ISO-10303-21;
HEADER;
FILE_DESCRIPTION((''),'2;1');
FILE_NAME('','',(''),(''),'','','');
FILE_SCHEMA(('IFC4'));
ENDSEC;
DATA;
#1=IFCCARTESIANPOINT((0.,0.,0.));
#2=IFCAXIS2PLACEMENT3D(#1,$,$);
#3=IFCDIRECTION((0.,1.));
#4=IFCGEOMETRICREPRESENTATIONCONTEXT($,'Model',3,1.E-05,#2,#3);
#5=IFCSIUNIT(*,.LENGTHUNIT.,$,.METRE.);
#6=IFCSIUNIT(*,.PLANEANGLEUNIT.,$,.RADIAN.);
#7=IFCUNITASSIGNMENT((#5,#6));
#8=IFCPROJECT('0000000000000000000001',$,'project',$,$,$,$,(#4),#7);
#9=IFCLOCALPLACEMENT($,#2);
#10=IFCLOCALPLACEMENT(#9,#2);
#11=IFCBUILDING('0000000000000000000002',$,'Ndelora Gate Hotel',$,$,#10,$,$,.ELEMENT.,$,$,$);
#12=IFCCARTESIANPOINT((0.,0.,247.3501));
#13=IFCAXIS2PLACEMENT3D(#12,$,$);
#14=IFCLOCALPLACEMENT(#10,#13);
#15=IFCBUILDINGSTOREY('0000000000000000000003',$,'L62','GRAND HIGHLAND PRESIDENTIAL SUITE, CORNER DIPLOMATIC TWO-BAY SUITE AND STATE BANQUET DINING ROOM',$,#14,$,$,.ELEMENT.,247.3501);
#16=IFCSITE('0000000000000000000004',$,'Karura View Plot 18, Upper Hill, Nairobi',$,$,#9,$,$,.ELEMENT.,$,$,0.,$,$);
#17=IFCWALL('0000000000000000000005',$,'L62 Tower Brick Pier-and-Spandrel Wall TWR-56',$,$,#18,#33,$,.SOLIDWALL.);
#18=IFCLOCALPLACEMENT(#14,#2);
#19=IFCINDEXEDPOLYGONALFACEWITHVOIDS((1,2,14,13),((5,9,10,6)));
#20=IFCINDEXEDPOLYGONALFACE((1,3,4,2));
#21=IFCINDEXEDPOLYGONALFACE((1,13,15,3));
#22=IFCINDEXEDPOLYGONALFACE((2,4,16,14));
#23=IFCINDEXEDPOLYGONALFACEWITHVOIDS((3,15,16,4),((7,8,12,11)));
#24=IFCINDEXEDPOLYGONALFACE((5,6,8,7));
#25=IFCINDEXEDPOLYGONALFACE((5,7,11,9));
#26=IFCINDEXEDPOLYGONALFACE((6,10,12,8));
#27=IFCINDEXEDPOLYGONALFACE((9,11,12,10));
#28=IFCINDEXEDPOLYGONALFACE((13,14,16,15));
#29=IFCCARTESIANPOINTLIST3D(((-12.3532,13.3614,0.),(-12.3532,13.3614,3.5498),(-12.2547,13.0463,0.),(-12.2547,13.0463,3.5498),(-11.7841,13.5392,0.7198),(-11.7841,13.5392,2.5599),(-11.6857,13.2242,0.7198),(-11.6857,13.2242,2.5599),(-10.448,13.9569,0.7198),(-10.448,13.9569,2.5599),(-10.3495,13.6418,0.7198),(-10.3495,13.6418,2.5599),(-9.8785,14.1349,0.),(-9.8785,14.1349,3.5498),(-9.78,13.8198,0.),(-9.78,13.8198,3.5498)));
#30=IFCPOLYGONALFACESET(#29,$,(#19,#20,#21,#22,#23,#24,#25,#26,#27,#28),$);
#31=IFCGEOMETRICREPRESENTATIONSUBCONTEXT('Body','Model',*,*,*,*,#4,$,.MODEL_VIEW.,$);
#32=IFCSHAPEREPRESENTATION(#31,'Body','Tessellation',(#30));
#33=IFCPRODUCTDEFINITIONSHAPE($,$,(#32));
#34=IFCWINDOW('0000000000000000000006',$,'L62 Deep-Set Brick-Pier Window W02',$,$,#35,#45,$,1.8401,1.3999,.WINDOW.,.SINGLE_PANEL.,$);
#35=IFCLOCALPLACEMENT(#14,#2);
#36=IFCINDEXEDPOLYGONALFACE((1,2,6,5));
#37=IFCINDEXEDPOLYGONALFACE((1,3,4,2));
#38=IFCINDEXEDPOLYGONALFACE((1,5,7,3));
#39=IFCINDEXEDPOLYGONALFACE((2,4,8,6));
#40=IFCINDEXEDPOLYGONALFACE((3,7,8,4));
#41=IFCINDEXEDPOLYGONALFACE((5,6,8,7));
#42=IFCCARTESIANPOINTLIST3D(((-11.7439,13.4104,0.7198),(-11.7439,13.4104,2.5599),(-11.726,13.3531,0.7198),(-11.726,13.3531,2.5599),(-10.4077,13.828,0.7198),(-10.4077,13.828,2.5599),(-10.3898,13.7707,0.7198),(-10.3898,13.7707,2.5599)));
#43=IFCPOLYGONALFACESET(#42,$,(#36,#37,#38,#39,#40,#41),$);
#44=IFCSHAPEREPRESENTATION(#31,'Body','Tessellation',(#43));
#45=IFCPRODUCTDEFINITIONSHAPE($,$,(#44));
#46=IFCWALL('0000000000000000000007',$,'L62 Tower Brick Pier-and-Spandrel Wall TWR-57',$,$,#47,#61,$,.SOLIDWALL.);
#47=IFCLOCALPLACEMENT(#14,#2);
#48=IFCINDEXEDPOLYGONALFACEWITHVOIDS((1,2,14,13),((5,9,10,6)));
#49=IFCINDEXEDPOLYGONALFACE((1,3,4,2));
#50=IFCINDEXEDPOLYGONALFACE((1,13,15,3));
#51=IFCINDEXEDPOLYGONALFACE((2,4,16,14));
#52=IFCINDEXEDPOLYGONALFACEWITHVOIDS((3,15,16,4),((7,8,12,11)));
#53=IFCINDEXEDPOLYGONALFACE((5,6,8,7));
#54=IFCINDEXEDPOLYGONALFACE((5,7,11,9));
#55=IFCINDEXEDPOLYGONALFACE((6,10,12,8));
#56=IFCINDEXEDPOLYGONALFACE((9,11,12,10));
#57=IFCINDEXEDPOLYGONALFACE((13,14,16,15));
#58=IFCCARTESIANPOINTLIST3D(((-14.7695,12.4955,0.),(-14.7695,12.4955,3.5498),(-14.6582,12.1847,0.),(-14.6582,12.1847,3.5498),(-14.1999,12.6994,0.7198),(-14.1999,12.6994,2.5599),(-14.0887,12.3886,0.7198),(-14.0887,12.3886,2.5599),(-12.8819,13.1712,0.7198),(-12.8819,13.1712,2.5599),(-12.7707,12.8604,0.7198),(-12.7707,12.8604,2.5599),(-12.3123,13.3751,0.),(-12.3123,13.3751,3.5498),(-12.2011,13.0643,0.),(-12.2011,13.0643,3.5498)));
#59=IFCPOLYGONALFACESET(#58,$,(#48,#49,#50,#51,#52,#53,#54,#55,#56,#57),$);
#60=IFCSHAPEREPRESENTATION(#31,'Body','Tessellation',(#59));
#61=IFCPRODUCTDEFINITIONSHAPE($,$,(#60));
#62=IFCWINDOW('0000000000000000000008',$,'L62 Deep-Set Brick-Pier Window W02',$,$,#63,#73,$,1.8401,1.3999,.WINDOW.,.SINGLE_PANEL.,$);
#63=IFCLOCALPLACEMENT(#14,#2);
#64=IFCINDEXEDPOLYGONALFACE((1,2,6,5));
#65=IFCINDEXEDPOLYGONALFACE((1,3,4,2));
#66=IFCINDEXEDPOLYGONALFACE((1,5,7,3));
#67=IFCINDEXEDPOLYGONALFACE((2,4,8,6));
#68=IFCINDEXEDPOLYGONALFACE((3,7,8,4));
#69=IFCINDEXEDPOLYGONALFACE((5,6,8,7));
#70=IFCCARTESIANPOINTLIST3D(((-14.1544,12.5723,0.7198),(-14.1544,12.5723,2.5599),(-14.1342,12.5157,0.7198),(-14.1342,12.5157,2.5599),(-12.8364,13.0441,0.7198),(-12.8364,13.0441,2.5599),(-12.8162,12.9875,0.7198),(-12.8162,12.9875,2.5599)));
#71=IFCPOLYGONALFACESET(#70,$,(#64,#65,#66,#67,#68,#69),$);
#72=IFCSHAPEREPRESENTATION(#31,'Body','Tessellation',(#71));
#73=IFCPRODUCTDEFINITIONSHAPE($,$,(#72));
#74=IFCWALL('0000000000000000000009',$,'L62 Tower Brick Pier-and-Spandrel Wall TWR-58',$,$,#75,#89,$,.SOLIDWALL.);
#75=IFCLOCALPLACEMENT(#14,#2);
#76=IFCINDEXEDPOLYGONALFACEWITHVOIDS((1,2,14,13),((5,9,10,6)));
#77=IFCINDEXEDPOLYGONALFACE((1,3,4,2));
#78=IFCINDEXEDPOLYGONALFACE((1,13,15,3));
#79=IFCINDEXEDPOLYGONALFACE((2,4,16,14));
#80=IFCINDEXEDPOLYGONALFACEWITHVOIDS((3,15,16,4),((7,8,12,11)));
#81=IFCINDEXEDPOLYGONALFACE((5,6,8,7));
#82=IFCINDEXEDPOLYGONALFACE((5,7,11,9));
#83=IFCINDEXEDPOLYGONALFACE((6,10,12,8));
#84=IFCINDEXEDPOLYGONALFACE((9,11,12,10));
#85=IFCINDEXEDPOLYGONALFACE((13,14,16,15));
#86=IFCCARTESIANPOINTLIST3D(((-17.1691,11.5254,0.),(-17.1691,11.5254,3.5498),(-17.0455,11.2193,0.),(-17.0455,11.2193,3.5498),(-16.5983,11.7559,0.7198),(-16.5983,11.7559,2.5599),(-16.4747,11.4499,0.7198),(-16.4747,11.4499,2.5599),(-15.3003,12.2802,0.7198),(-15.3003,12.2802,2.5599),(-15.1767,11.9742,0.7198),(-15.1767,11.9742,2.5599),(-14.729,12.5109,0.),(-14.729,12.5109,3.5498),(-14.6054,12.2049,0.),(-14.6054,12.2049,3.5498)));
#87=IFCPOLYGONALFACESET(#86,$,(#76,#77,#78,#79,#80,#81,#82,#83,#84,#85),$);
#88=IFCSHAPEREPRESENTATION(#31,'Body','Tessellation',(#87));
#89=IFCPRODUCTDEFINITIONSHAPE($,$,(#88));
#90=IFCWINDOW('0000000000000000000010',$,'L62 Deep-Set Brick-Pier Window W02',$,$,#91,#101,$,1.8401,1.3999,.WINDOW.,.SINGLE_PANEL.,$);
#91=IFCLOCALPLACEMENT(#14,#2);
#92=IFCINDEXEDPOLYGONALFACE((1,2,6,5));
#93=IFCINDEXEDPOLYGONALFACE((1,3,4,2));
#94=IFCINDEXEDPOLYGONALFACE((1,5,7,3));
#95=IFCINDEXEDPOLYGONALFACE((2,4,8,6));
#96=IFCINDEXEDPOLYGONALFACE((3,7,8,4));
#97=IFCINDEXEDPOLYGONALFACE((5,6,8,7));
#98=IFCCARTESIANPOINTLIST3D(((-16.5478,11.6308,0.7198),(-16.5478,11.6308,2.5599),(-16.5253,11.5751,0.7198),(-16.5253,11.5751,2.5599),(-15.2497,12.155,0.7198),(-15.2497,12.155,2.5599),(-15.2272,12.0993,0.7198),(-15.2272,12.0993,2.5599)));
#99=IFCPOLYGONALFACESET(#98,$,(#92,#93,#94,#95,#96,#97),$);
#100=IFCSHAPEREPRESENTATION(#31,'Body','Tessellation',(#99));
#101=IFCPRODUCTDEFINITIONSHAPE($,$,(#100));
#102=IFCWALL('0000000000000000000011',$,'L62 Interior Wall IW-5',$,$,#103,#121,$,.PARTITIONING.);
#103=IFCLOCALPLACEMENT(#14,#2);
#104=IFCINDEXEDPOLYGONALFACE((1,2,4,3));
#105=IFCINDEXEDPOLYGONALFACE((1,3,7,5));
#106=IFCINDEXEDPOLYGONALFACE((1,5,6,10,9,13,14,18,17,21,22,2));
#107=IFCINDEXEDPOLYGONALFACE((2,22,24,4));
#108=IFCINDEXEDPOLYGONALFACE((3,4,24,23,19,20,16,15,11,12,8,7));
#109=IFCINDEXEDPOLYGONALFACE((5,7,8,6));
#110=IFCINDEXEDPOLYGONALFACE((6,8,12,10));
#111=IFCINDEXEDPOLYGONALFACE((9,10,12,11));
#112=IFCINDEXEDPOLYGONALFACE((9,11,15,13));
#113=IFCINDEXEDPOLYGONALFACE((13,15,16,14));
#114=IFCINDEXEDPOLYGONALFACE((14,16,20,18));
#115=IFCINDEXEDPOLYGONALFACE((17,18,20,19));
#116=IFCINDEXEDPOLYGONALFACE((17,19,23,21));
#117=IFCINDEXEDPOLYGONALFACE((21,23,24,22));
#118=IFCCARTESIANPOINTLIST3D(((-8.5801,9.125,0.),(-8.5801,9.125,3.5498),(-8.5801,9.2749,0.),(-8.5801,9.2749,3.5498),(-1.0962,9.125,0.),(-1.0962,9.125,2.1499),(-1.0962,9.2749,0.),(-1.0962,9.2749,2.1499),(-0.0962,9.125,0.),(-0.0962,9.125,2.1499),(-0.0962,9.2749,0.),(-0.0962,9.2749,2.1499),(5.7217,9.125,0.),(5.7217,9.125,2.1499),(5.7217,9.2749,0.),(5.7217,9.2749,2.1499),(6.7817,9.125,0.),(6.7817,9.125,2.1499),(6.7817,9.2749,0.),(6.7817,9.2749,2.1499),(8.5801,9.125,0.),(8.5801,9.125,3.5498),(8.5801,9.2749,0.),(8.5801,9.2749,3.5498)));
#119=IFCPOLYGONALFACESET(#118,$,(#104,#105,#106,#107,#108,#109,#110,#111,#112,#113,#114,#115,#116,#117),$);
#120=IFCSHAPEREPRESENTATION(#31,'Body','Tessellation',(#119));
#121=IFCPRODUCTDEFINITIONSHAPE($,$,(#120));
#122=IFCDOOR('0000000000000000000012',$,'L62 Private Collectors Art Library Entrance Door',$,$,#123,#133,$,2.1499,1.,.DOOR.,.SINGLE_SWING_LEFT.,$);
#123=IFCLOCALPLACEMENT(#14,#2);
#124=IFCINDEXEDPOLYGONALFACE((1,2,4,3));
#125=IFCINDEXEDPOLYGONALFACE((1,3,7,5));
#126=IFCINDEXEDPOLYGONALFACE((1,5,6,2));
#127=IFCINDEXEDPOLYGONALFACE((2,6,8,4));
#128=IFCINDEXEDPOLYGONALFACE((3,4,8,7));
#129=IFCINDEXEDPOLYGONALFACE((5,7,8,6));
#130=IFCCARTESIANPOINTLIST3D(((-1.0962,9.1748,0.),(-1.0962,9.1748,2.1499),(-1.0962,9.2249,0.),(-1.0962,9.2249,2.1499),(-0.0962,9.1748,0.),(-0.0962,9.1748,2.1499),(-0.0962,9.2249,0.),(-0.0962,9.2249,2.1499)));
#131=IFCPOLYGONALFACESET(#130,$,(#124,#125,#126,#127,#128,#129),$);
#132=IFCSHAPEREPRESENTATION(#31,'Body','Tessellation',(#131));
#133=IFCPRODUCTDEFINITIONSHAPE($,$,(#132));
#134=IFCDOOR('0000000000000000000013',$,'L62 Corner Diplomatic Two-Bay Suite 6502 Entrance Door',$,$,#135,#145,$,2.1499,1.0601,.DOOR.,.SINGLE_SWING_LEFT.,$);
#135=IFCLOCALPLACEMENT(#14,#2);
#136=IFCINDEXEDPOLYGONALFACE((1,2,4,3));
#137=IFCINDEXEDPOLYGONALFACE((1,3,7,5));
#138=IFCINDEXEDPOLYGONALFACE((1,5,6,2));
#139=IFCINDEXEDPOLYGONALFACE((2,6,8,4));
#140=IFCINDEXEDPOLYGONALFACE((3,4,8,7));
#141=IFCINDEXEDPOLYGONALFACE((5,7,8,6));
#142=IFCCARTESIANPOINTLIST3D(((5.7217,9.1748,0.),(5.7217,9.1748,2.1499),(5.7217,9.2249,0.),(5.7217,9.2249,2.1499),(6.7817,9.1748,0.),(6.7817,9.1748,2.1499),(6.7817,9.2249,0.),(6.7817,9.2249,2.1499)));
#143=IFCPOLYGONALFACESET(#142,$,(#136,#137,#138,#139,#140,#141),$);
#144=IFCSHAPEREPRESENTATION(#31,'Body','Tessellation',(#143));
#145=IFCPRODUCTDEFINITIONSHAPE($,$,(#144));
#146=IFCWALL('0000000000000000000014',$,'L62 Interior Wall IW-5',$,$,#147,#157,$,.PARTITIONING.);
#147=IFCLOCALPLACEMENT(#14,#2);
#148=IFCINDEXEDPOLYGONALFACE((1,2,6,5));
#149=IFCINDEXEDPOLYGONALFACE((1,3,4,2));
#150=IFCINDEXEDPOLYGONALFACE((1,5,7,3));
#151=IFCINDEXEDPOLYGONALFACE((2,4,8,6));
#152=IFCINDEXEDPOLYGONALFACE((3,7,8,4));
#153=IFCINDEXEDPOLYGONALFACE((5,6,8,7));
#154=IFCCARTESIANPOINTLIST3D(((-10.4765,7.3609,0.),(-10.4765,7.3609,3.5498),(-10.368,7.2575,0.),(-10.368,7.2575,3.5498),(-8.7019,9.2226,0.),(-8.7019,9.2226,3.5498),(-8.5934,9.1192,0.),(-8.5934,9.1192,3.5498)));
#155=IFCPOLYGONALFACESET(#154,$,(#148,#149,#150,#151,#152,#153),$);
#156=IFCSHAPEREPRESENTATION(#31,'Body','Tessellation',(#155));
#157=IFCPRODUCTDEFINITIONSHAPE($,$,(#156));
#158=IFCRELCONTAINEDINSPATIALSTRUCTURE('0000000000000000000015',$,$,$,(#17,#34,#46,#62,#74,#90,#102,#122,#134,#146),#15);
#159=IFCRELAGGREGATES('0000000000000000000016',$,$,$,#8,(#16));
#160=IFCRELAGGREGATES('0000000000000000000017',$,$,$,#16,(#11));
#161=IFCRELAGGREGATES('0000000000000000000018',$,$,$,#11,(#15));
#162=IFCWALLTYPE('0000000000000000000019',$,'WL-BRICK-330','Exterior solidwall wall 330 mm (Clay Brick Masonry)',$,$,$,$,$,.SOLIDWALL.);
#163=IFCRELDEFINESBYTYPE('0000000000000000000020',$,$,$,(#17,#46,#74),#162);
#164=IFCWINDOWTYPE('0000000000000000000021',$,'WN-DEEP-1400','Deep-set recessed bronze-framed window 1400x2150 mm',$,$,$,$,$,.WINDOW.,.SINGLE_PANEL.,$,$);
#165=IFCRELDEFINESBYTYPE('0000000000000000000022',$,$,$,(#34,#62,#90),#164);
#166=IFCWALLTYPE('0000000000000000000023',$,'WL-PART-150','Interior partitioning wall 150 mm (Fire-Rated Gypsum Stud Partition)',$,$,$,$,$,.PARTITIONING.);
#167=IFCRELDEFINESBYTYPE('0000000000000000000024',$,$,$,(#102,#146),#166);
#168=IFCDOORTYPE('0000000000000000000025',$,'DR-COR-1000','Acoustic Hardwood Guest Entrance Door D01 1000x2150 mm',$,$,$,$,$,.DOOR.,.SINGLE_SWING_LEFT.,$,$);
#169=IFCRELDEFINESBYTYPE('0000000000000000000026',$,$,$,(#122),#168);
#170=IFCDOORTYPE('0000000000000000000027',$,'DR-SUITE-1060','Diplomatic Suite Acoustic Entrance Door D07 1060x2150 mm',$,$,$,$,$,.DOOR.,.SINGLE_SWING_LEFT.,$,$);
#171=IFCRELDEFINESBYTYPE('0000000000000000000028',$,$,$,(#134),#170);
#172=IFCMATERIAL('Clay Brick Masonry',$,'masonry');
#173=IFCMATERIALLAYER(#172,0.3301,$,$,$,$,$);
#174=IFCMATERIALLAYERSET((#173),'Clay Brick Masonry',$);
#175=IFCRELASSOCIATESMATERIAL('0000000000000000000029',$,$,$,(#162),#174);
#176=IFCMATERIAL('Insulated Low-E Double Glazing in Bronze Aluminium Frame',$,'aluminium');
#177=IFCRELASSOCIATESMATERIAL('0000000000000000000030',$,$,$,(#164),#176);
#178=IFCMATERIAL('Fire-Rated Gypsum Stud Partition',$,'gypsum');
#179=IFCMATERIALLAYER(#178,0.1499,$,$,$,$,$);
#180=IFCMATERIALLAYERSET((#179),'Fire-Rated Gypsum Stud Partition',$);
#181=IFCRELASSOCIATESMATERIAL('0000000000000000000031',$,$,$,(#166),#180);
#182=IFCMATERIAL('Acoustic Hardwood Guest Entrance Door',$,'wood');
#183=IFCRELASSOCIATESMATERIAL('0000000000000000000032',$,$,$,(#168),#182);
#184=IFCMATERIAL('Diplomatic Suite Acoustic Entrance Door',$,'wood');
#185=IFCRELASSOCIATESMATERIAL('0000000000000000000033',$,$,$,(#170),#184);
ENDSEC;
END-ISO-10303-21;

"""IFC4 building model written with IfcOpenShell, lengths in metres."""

from ifc_helpers import new_model, si_unit, direction, frame, frame_2d, origin, place, context, subcontext, project, spatial, rectangle, extrude, material, layer, layer_set, type_object, element, fill, save


model = new_model("IFC4")

# Units and contexts
model_context = context("Model", 3, precision=1e-05, world=origin(), true_north=direction((0.0, 1.0)))
body_context = subcontext(model_context, "Body", "Model", "MODEL_VIEW")
ifc_project = project(units=[si_unit("LENGTHUNIT", "METRE"), si_unit("PLANEANGLEUNIT", "RADIAN")], contexts=[model_context])

# Site, building, storey
site_placement = place(None, origin())
site = spatial("IfcSite", under=ifc_project, at=site_placement, Name="Karura View Plot 18, Upper Hill, Nairobi", CompositionType="ELEMENT", RefElevation=0.0)
building_placement = place(site_placement, origin())
building = spatial("IfcBuilding", under=site, at=building_placement, Name="Ndelora Gate Hotel", CompositionType="ELEMENT")
storey_placement = place(building_placement, frame((0.0, 0.0, 247.3501)))
storey = spatial("IfcBuildingStorey", under=building, at=storey_placement, Name="L62", Description="GRAND HIGHLAND PRESIDENTIAL SUITE, CORNER DIPLOMATIC TWO-BAY SUITE AND STATE BANQUET DINING ROOM", CompositionType="ELEMENT", Elevation=247.3501)

# Shared definitions
ifc_material_1 = material(Name="Clay Brick Masonry", Category="masonry")
ifc_layer_1 = layer(ifc_material_1, 0.3301)
ifc_layer_set_1 = layer_set([ifc_layer_1], Name="Clay Brick Masonry")
wall_type_1 = type_object("IfcWallType", Name="WL-BRICK-330", Description="Exterior solidwall wall 330 mm (Clay Brick Masonry)", PredefinedType="SOLIDWALL", material=ifc_layer_set_1)

# Walls, openings, windows
wall_1_placement = place(storey_placement, frame((-12.304, 13.2039, 0.0), z_axis=(0.0, 0.0, 1.0), x_axis=(0.954467, 0.298318, 0.0)))
wall_1 = element("IfcWall", 1, at=wall_1_placement, inside=storey, type_object=wall_type_1, Name="L62 Tower Brick Pier-and-Spandrel Wall TWR-56", PredefinedType="SOLIDWALL", context=body_context, shape_type="SweptSolid", body=[
    extrude(rectangle(XDim=2.5928, YDim=0.3301, at=frame_2d((1.2964, 0.0))), origin(), (0.0, 0.0, 1.0), 3.5498),
])
opening_1_placement = place(wall_1_placement, frame((0.5962, 0.0, 0.72)))
opening_1 = element("IfcOpeningElement", 2, at=opening_1_placement, cuts=wall_1, PredefinedType="OPENING", context=body_context, shape_type="SweptSolid", body=[
    extrude(rectangle(XDim=1.3999, YDim=1.8401, at=frame_2d((0.7, 0.9199))), frame((0.0, 0.175, 0.0), z_axis=(0.0, -1.0, 0.0), x_axis=(1.0, 0.0, 0.0)), (0.0, 0.0, 1.0), 0.3501),
])
ifc_material_2 = material(Name="Insulated Low-E Double Glazing in Bronze Aluminium Frame", Category="aluminium")
window_type = type_object("IfcWindowType", Name="WN-DEEP-1400", Description="Deep-set recessed bronze-framed window 1400x2150 mm", PartitioningType="SINGLE_PANEL", PredefinedType="WINDOW", material=ifc_material_2)
window_1_placement = place(opening_1_placement, origin())
window_1 = element("IfcWindow", 3, at=window_1_placement, inside=storey, type_object=window_type, Name="L62 Deep-Set Brick-Pier Window W02", OverallHeight=1.8401, OverallWidth=1.3999, PartitioningType="SINGLE_PANEL", PredefinedType="WINDOW", context=body_context, shape_type="SweptSolid", body=[
    extrude(rectangle(XDim=1.3999, YDim=1.8401, at=frame_2d((0.7, 0.9199))), frame((0.0, 0.03, 0.0), z_axis=(0.0, -1.0, 0.0), x_axis=(1.0, 0.0, 0.0)), (0.0, 0.0, 1.0), 0.0601),
])
fill(opening_1, window_1)
wall_2_placement = place(storey_placement, frame((-14.7139, 12.3401, 0.0), z_axis=(0.0, 0.0, 1.0), x_axis=(0.941494, 0.33703, 0.0)))
wall_2 = element("IfcWall", 4, at=wall_2_placement, inside=storey, type_object=wall_type_1, Name="L62 Tower Brick Pier-and-Spandrel Wall TWR-57", PredefinedType="SOLIDWALL", context=body_context, shape_type="SweptSolid", body=[
    extrude(rectangle(XDim=2.6099, YDim=0.3301, at=frame_2d((1.3049, 0.0))), origin(), (0.0, 0.0, 1.0), 3.5498),
])
opening_2_placement = place(wall_2_placement, frame((0.605, 0.0, 0.72)))
opening_2 = element("IfcOpeningElement", 5, at=opening_2_placement, cuts=wall_2, PredefinedType="OPENING", context=body_context, shape_type="SweptSolid", body=[
    extrude(rectangle(XDim=1.3999, YDim=1.8401, at=frame_2d((0.7, 0.9199))), frame((0.0, 0.175, 0.0), z_axis=(0.0, -1.0, 0.0), x_axis=(1.0, 0.0, 0.0)), (0.0, 0.0, 1.0), 0.3501),
])
window_2_placement = place(opening_2_placement, origin())
window_2 = element("IfcWindow", 6, at=window_2_placement, inside=storey, type_object=window_type, Name="L62 Deep-Set Brick-Pier Window W02", OverallHeight=1.8401, OverallWidth=1.3999, PartitioningType="SINGLE_PANEL", PredefinedType="WINDOW", context=body_context, shape_type="SweptSolid", body=[
    extrude(rectangle(XDim=1.3999, YDim=1.8401, at=frame_2d((0.7, 0.9199))), frame((0.0, 0.03, 0.0), z_axis=(0.0, -1.0, 0.0), x_axis=(1.0, 0.0, 0.0)), (0.0, 0.0, 1.0), 0.0601),
])
fill(opening_2, window_2)
wall_3_placement = place(storey_placement, frame((-17.1074, 11.3723, 0.0), z_axis=(0.0, 0.0, 1.0), x_axis=(0.927224, 0.374508, 0.0)))
wall_3 = element("IfcWall", 7, at=wall_3_placement, inside=storey, type_object=wall_type_1, Name="L62 Tower Brick Pier-and-Spandrel Wall TWR-58", PredefinedType="SOLIDWALL", context=body_context, shape_type="SweptSolid", body=[
    extrude(rectangle(XDim=2.6316, YDim=0.3301, at=frame_2d((1.3159, 0.0))), origin(), (0.0, 0.0, 1.0), 3.5498),
])
opening_3_placement = place(wall_3_placement, frame((0.6157, 0.0, 0.72)))
opening_3 = element("IfcOpeningElement", 8, at=opening_3_placement, cuts=wall_3, PredefinedType="OPENING", context=body_context, shape_type="SweptSolid", body=[
    extrude(rectangle(XDim=1.3999, YDim=1.8401, at=frame_2d((0.7, 0.9199))), frame((0.0, 0.175, 0.0), z_axis=(0.0, -1.0, 0.0), x_axis=(1.0, 0.0, 0.0)), (0.0, 0.0, 1.0), 0.3501),
])
window_3_placement = place(opening_3_placement, origin())
window_3 = element("IfcWindow", 9, at=window_3_placement, inside=storey, type_object=window_type, Name="L62 Deep-Set Brick-Pier Window W02", OverallHeight=1.8401, OverallWidth=1.3999, PartitioningType="SINGLE_PANEL", PredefinedType="WINDOW", context=body_context, shape_type="SweptSolid", body=[
    extrude(rectangle(XDim=1.3999, YDim=1.8401, at=frame_2d((0.7, 0.9199))), frame((0.0, 0.03, 0.0), z_axis=(0.0, -1.0, 0.0), x_axis=(1.0, 0.0, 0.0)), (0.0, 0.0, 1.0), 0.0601),
])
fill(opening_3, window_3)

# Wall, openings, doors
ifc_material_3 = material(Name="Fire-Rated Gypsum Stud Partition", Category="gypsum")
ifc_layer_2 = layer(ifc_material_3, 0.1499)
ifc_layer_set_2 = layer_set([ifc_layer_2], Name="Fire-Rated Gypsum Stud Partition")
wall_type_2 = type_object("IfcWallType", Name="WL-PART-150", Description="Interior partitioning wall 150 mm (Fire-Rated Gypsum Stud Partition)", PredefinedType="PARTITIONING", material=ifc_layer_set_2)
wall_4_placement = place(storey_placement, frame((-8.5801, 9.2, 0.0), z_axis=(0.0, 0.0, 1.0), x_axis=(1.0, 0.0, 0.0)))
wall_4 = element("IfcWall", 10, at=wall_4_placement, inside=storey, type_object=wall_type_2, Name="L62 Interior Wall IW-5", PredefinedType="PARTITIONING", context=body_context, shape_type="SweptSolid", body=[
    extrude(rectangle(XDim=17.1602, YDim=0.1499, at=frame_2d((8.5801, 0.0))), origin(), (0.0, 0.0, 1.0), 3.5498),
])
opening_4_placement = place(wall_4_placement, frame((7.4839, 0.0, 0.0)))
opening_4 = element("IfcOpeningElement", 11, at=opening_4_placement, cuts=wall_4, PredefinedType="OPENING", context=body_context, shape_type="SweptSolid", body=[
    extrude(rectangle(XDim=1.0, YDim=2.1499, at=frame_2d((0.5, 1.075))), frame((0.0, 0.085, 0.0), z_axis=(0.0, -1.0, 0.0), x_axis=(1.0, 0.0, 0.0)), (0.0, 0.0, 1.0), 0.1699),
])
opening_5_placement = place(wall_4_placement, frame((14.3018, 0.0, 0.0)))
opening_5 = element("IfcOpeningElement", 12, at=opening_5_placement, cuts=wall_4, PredefinedType="OPENING", context=body_context, shape_type="SweptSolid", body=[
    extrude(rectangle(XDim=1.0601, YDim=2.1499, at=frame_2d((0.53, 1.075))), frame((0.0, 0.085, 0.0), z_axis=(0.0, -1.0, 0.0), x_axis=(1.0, 0.0, 0.0)), (0.0, 0.0, 1.0), 0.1699),
])
ifc_material_4 = material(Name="Acoustic Hardwood Guest Entrance Door", Category="wood")
door_type_1 = type_object("IfcDoorType", Name="DR-COR-1000", Description="Acoustic Hardwood Guest Entrance Door D01 1000x2150 mm", OperationType="SINGLE_SWING_LEFT", PredefinedType="DOOR", material=ifc_material_4)
door_1_placement = place(opening_4_placement, origin())
door_1 = element("IfcDoor", 13, at=door_1_placement, inside=storey, type_object=door_type_1, Name="L62 Private Collectors Art Library Entrance Door", OperationType="SINGLE_SWING_LEFT", OverallHeight=2.1499, OverallWidth=1.0, PredefinedType="DOOR", context=body_context, shape_type="SweptSolid", body=[
    extrude(rectangle(XDim=1.0, YDim=2.1499, at=frame_2d((0.5, 1.075))), frame((0.0, 0.0249, 0.0), z_axis=(0.0, -1.0, 0.0), x_axis=(1.0, 0.0, 0.0)), (0.0, 0.0, 1.0), 0.05),
])
fill(opening_4, door_1)
ifc_material_5 = material(Name="Diplomatic Suite Acoustic Entrance Door", Category="wood")
door_type_2 = type_object("IfcDoorType", Name="DR-SUITE-1060", Description="Diplomatic Suite Acoustic Entrance Door D07 1060x2150 mm", OperationType="SINGLE_SWING_LEFT", PredefinedType="DOOR", material=ifc_material_5)
door_2_placement = place(opening_5_placement, origin())
door_2 = element("IfcDoor", 14, at=door_2_placement, inside=storey, type_object=door_type_2, Name="L62 Corner Diplomatic Two-Bay Suite 6502 Entrance Door", OperationType="SINGLE_SWING_LEFT", OverallHeight=2.1499, OverallWidth=1.0601, PredefinedType="DOOR", context=body_context, shape_type="SweptSolid", body=[
    extrude(rectangle(XDim=1.0601, YDim=2.1499, at=frame_2d((0.53, 1.075))), frame((0.0, 0.0249, 0.0), z_axis=(0.0, -1.0, 0.0), x_axis=(1.0, 0.0, 0.0)), (0.0, 0.0, 1.0), 0.05),
])
fill(opening_5, door_2)

# Wall
wall_5_placement = place(storey_placement, frame((-10.4224, 7.3091, 0.0), z_axis=(0.0, 0.0, 1.0), x_axis=(0.689961, 0.723847, 0.0)))
element("IfcWall", 15, at=wall_5_placement, inside=storey, type_object=wall_type_2, Name="L62 Interior Wall IW-5", PredefinedType="PARTITIONING", context=body_context, shape_type="SweptSolid", body=[
    extrude(rectangle(XDim=2.572, YDim=0.1499, at=frame_2d((1.2861, 0.0))), origin(), (0.0, 0.0, 1.0), 3.5498),
])

save(model, "model.ifc")
